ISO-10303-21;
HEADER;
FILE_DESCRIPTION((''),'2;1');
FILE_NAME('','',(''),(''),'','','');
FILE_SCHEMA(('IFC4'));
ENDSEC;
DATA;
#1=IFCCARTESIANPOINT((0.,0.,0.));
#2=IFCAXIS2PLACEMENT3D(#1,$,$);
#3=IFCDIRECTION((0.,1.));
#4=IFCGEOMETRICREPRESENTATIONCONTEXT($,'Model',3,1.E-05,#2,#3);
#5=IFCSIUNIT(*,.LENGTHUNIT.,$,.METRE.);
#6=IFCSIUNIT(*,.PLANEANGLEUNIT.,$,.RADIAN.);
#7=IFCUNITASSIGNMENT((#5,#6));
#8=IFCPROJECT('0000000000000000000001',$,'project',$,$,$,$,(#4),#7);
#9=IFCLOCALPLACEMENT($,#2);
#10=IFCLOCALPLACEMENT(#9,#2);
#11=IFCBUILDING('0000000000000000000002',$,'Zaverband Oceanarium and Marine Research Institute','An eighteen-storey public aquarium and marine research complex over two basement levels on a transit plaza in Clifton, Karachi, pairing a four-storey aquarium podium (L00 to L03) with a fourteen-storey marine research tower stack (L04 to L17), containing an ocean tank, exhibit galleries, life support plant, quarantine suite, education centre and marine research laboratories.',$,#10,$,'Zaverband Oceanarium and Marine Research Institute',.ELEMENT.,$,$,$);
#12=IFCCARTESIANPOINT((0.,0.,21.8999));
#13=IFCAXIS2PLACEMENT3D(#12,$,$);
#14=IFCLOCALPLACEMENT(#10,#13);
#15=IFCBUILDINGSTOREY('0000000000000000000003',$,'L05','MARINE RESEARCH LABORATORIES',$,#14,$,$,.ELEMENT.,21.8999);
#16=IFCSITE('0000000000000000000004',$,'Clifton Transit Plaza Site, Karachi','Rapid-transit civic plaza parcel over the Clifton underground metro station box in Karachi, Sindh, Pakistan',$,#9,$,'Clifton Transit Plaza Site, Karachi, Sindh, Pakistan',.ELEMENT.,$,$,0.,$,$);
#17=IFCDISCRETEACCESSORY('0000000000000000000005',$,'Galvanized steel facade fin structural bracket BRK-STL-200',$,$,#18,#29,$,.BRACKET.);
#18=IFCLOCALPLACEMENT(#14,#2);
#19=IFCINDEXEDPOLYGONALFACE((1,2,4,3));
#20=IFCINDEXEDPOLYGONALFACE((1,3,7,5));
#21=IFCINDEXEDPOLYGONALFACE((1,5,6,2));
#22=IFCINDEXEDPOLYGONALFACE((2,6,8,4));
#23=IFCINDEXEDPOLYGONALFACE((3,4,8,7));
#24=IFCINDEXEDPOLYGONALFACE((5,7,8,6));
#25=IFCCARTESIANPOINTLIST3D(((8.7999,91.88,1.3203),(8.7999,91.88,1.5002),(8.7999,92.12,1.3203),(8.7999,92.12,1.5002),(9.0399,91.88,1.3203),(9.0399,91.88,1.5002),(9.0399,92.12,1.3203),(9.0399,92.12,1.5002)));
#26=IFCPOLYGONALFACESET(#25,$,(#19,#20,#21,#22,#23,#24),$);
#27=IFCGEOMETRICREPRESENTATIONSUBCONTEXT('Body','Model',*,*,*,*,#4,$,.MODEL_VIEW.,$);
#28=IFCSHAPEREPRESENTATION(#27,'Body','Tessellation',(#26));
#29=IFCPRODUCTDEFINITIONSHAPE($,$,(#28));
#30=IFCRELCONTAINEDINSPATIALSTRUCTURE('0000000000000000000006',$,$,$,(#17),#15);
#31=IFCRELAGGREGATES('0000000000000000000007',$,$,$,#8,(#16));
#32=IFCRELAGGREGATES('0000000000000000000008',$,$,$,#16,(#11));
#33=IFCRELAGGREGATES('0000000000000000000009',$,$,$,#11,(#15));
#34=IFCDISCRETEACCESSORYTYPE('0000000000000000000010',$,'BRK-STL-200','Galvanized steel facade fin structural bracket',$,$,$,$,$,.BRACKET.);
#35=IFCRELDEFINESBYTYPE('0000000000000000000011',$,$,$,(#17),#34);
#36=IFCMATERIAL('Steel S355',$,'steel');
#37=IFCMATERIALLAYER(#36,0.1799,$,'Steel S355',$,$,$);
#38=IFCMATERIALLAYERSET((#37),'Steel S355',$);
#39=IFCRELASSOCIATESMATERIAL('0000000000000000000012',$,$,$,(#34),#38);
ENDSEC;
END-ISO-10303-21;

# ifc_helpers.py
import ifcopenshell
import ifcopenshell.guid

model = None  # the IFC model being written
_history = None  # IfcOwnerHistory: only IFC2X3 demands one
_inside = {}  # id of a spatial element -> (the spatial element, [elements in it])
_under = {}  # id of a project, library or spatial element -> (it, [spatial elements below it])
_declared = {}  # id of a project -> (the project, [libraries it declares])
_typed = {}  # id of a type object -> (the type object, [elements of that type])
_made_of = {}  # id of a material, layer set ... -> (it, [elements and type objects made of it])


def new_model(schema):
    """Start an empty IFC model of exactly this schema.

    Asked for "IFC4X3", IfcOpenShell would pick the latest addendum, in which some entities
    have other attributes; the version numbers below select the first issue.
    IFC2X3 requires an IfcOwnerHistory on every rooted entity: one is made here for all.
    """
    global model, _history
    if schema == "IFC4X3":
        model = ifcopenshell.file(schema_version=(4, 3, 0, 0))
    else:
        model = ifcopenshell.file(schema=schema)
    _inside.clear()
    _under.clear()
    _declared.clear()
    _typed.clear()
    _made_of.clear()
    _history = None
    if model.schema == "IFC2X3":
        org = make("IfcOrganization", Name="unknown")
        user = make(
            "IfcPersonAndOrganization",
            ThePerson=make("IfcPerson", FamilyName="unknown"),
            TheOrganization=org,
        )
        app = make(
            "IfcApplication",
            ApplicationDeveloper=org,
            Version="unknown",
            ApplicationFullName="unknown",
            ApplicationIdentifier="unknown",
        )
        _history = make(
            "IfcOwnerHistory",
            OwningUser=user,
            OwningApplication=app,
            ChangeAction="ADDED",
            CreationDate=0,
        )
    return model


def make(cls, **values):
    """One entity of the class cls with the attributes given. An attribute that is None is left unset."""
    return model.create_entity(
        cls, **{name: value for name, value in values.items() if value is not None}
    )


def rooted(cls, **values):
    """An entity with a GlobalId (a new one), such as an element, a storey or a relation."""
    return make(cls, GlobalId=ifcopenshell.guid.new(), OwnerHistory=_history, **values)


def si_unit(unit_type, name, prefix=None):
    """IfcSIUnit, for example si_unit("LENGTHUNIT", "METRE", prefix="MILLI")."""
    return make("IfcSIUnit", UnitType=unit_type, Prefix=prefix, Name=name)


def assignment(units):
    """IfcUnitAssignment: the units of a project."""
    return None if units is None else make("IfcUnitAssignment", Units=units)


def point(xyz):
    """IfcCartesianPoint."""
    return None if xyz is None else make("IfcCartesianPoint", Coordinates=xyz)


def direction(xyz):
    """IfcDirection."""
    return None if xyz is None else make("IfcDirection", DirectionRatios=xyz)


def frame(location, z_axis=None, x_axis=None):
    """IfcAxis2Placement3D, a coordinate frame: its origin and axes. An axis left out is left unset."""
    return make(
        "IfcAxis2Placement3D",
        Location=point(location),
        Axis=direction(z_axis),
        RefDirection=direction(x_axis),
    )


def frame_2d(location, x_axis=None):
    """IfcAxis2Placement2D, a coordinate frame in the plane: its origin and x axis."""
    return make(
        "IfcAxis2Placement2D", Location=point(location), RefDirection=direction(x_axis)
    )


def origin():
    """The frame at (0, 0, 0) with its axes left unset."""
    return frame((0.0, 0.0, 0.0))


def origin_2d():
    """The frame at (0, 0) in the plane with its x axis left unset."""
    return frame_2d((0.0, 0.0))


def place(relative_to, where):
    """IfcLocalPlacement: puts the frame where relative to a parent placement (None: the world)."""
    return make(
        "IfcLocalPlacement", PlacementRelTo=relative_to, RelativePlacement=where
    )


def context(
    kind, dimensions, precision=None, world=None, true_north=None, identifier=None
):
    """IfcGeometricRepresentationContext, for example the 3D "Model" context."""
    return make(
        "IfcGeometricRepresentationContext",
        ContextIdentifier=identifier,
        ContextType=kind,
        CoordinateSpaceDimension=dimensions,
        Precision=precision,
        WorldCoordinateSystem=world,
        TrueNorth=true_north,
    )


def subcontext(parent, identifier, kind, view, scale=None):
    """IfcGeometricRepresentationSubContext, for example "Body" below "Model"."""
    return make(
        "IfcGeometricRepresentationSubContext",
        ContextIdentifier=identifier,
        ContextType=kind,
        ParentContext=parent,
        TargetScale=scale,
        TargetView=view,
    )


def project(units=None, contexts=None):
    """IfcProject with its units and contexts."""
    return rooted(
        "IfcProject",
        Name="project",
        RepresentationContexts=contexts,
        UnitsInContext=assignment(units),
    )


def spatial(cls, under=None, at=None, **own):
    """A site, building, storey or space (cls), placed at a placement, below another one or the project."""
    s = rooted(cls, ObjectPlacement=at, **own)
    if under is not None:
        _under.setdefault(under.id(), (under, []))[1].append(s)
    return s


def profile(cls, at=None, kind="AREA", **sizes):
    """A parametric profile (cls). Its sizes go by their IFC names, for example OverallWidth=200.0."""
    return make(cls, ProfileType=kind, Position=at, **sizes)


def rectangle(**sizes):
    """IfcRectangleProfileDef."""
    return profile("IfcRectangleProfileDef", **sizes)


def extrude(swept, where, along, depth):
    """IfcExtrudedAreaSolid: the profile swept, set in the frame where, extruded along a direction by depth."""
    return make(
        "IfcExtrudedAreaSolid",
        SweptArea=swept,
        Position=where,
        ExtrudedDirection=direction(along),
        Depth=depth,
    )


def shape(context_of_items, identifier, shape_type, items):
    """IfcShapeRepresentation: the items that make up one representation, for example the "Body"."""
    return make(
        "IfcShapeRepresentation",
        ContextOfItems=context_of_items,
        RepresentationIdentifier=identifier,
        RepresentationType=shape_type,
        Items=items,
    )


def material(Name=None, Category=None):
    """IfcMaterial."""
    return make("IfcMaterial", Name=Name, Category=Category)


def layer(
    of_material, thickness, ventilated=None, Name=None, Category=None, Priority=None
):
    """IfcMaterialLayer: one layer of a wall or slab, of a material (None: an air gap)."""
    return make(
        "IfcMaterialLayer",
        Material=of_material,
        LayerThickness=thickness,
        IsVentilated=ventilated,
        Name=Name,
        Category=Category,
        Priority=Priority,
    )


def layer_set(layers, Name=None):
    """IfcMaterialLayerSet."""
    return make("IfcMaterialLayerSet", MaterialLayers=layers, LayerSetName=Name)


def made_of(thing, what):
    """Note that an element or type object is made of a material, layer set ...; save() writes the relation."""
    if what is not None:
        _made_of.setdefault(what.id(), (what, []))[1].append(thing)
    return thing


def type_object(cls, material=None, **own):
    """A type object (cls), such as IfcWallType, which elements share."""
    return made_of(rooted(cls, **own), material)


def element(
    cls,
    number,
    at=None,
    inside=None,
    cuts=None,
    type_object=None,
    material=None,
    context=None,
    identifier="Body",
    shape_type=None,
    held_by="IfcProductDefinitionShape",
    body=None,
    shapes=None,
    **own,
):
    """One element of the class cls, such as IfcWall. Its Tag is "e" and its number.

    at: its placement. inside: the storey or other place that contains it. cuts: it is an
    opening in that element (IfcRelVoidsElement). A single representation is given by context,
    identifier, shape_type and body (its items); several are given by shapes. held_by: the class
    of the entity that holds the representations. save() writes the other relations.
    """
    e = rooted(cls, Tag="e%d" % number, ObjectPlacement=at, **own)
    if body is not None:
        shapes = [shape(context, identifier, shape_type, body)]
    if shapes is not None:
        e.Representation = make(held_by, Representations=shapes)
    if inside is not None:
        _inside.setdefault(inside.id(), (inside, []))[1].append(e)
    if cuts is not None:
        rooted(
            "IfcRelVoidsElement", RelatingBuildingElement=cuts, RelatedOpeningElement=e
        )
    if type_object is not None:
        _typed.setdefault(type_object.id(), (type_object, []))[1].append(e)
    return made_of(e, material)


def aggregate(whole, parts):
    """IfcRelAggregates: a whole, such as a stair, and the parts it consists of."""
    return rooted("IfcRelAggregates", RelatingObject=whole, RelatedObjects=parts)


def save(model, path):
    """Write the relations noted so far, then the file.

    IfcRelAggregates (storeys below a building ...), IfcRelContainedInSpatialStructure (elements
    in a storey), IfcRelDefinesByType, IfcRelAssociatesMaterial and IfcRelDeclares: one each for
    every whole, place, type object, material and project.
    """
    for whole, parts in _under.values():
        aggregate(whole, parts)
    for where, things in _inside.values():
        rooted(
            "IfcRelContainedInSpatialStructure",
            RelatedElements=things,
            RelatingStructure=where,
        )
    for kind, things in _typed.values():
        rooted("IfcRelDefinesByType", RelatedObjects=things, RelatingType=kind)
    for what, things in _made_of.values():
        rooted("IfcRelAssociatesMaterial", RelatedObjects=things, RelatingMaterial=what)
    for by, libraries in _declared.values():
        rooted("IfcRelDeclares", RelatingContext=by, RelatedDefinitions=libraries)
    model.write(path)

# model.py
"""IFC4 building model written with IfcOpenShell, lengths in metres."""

from ifc_helpers import new_model, si_unit, direction, frame, origin, origin_2d, place, context, subcontext, project, spatial, rectangle, extrude, material, layer, layer_set, type_object, element, save


model = new_model("IFC4")

# Units and contexts
model_context = context("Model", 3, precision=1e-05, world=origin(), true_north=direction((0.0, 1.0)))
body_context = subcontext(model_context, "Body", "Model", "MODEL_VIEW")
ifc_project = project(units=[si_unit("LENGTHUNIT", "METRE"), si_unit("PLANEANGLEUNIT", "RADIAN")], contexts=[model_context])

# Site, building, storey
site_placement = place(None, origin())
site = spatial("IfcSite", under=ifc_project, at=site_placement, Name="Clifton Transit Plaza Site, Karachi", Description="Rapid-transit civic plaza parcel over the Clifton underground metro station box in Karachi, Sindh, Pakistan", LongName="Clifton Transit Plaza Site, Karachi, Sindh, Pakistan", CompositionType="ELEMENT", RefElevation=0.0)
building_placement = place(site_placement, origin())
building = spatial("IfcBuilding", under=site, at=building_placement, Name="Zaverband Oceanarium and Marine Research Institute", Description="An eighteen-storey public aquarium and marine research complex over two basement levels on a transit plaza in Clifton, Karachi, pairing a four-storey aquarium podium (L00 to L03) with a fourteen-storey marine research tower stack (L04 to L17), containing an ocean tank, exhibit galleries, life support plant, quarantine suite, education centre and marine research laboratories.", LongName="Zaverband Oceanarium and Marine Research Institute", CompositionType="ELEMENT")
storey_placement = place(building_placement, frame((0.0, 0.0, 21.8999)))
storey = spatial("IfcBuildingStorey", under=building, at=storey_placement, Name="L05", Description="MARINE RESEARCH LABORATORIES", CompositionType="ELEMENT", Elevation=21.8999)

# Discrete accessory
ifc_material_1 = material(Name="Steel S355", Category="steel")
ifc_layer_1 = layer(ifc_material_1, 0.1799, Name="Steel S355")
ifc_layer_set_1 = layer_set([ifc_layer_1], Name="Steel S355")
discrete_accessory_type = type_object("IfcDiscreteAccessoryType", Name="BRK-STL-200", Description="Galvanized steel facade fin structural bracket", PredefinedType="BRACKET", material=ifc_layer_set_1)
discrete_accessory_placement = place(storey_placement, frame((8.9199, 92.0, 1.3203), z_axis=(0.0, 0.0, 1.0), x_axis=(1.0, 0.0, 0.0)))
element("IfcDiscreteAccessory", 1, at=discrete_accessory_placement, inside=storey, type_object=discrete_accessory_type, Name="Galvanized steel facade fin structural bracket BRK-STL-200", PredefinedType="BRACKET", context=body_context, shape_type="SweptSolid", body=[
    extrude(rectangle(XDim=0.24, YDim=0.24, at=origin_2d()), origin(), (0.0, 0.0, 1.0), 0.1799),
])

save(model, "model.ifc")
